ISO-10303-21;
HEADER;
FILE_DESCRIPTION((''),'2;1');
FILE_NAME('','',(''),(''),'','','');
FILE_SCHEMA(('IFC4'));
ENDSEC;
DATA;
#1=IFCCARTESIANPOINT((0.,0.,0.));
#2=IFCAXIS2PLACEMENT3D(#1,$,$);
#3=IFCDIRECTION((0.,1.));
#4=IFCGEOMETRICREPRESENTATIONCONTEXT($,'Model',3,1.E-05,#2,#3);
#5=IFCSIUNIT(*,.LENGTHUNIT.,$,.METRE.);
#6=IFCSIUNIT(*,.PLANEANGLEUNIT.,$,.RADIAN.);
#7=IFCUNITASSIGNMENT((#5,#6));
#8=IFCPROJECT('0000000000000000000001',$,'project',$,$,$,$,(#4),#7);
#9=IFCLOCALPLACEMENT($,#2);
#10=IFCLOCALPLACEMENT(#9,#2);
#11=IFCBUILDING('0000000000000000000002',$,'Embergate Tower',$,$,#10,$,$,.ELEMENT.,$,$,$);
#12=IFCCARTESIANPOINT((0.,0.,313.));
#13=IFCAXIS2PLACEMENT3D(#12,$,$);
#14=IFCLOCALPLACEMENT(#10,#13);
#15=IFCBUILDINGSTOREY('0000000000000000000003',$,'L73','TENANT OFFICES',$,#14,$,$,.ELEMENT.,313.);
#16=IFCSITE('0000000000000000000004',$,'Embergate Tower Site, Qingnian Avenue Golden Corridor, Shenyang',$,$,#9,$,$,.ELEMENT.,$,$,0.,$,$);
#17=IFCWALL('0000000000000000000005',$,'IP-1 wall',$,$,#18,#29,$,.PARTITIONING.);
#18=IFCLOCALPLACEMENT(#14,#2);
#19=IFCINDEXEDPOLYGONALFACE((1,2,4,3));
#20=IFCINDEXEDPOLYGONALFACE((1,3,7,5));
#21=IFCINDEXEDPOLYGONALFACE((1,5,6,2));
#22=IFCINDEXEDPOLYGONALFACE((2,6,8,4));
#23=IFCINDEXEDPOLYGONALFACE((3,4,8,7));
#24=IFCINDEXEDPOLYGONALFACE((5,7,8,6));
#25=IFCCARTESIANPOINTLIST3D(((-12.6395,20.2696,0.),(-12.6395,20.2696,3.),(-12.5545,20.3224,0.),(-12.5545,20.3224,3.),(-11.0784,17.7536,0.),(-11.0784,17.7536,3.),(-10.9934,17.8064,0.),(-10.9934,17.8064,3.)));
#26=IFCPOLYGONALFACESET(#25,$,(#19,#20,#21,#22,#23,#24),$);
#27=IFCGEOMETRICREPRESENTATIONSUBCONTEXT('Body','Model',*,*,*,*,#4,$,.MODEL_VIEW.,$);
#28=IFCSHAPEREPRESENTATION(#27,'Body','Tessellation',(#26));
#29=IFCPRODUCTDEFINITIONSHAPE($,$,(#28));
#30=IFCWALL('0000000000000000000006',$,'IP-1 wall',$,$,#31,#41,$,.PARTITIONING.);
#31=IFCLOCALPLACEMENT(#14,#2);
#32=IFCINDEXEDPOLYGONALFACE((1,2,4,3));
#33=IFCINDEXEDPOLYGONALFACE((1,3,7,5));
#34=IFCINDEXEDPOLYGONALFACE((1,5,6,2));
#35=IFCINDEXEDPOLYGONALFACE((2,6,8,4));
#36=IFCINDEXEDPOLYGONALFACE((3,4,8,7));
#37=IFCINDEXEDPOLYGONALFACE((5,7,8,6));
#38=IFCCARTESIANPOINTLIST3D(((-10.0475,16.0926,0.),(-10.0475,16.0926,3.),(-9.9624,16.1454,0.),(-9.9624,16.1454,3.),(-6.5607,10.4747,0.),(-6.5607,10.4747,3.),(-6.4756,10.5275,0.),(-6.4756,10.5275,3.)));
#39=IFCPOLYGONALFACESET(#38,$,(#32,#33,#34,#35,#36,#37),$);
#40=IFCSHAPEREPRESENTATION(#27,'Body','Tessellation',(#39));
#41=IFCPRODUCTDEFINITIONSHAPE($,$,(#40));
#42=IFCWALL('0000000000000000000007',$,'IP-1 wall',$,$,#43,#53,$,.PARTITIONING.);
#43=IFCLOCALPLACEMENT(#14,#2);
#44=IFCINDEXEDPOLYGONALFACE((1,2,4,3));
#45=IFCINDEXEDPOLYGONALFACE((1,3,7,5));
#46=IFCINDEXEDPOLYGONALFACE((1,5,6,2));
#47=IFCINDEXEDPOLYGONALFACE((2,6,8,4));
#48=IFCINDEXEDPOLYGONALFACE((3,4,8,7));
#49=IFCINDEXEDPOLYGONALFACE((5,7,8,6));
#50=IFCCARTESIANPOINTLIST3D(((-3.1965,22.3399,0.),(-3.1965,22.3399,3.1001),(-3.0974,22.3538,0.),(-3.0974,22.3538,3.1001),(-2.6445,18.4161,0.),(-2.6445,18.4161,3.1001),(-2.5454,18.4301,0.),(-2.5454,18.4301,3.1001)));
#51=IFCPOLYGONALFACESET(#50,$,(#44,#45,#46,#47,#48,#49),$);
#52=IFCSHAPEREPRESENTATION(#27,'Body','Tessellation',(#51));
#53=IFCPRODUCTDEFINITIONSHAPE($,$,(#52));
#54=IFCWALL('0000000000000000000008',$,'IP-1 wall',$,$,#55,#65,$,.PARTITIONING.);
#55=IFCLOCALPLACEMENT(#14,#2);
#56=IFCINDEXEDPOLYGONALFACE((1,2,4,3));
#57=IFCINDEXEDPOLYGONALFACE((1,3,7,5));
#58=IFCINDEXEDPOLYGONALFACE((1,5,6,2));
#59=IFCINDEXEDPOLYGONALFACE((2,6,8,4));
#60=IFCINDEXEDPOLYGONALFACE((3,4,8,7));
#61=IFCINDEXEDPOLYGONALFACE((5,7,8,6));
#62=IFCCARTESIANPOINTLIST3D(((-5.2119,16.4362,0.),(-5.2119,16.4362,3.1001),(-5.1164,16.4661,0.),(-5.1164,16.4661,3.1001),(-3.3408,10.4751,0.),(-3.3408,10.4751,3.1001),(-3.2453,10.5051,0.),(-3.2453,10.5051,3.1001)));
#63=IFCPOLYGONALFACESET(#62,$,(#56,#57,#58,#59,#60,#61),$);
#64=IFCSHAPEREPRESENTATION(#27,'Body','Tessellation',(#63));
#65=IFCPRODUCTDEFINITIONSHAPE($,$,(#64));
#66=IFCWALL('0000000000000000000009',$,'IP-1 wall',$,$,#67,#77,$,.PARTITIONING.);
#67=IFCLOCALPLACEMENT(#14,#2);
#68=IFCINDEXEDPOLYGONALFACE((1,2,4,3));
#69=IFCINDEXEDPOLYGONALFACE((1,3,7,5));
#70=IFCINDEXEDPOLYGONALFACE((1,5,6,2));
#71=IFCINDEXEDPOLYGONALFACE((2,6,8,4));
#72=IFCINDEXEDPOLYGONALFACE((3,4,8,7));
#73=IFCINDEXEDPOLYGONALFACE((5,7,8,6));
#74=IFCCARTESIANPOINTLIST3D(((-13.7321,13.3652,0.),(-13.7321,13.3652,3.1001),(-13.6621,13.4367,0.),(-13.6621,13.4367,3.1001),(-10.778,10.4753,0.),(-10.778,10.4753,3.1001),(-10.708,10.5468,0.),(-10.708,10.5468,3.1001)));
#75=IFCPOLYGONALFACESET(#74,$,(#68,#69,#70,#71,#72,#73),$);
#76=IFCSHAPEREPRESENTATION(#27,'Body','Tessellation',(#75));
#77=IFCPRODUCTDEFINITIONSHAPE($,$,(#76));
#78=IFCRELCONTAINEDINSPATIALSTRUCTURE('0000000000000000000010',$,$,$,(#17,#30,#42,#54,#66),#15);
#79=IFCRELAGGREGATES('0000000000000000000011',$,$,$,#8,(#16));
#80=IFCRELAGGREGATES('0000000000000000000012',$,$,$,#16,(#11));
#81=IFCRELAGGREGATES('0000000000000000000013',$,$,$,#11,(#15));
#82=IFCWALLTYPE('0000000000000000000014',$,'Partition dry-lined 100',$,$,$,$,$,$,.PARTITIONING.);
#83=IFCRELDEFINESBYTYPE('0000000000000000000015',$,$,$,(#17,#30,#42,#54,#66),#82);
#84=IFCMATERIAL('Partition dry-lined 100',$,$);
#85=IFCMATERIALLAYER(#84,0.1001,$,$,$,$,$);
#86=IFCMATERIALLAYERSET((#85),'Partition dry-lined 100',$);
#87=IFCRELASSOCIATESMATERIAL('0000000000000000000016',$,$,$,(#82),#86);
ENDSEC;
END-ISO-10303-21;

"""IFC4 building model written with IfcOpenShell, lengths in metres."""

from ifc_helpers import new_model, si_unit, direction, frame, frame_2d, origin, place, context, subcontext, project, spatial, rectangle, extrude, source, transform, mapped, material, layer, layer_set, type_object, element, save


model = new_model("IFC4")

# Units and contexts
model_context = context("Model", 3, precision=1e-05, world=origin(), true_north=direction((0.0, 1.0)))
body_context = subcontext(model_context, "Body", "Model", "MODEL_VIEW")
ifc_project = project(units=[si_unit("LENGTHUNIT", "METRE"), si_unit("PLANEANGLEUNIT", "RADIAN")], contexts=[model_context])

# Site, building, storey
site_placement = place(None, origin())
site = spatial("IfcSite", under=ifc_project, at=site_placement, Name="Embergate Tower Site, Qingnian Avenue Golden Corridor, Shenyang", CompositionType="ELEMENT", RefElevation=0.0)
building_placement = place(site_placement, origin())
building = spatial("IfcBuilding", under=site, at=building_placement, Name="Embergate Tower", CompositionType="ELEMENT")
storey_placement = place(building_placement, frame((0.0, 0.0, 313.0)))
storey = spatial("IfcBuildingStorey", under=building, at=storey_placement, Name="L73", Description="TENANT OFFICES", CompositionType="ELEMENT", Elevation=313.0)

# Walls
ifc_material_1 = material(Name="Partition dry-lined 100")
ifc_layer_1 = layer(ifc_material_1, 0.1001)
ifc_layer_set_1 = layer_set([ifc_layer_1], Name="Partition dry-lined 100")
wall_type_1 = type_object("IfcWallType", Name="Partition dry-lined 100", PredefinedType="PARTITIONING", material=ifc_layer_set_1)
shared_shape_1 = source(origin(), body_context, "Body", "SweptSolid", [
    extrude(rectangle(XDim=2.9609, YDim=0.1001, at=frame_2d((1.4805, 0.0))), origin(), (0.0, 0.0, 1.0), 3.0),
])
wall_1_placement = place(storey_placement, frame((-11.0359, 17.78, 0.0), z_axis=(0.0, 0.0, 1.0), x_axis=(-0.527231, 0.849722, 0.0)))
element("IfcWall", 1, at=wall_1_placement, inside=storey, type_object=wall_type_1, Name="IP-1 wall", PredefinedType="PARTITIONING", context=body_context, shape_type="MappedRepresentation", body=[
    mapped(shared_shape_1, transform((0.0, 0.0, 0.0))),
])
shared_shape_2 = source(origin(), body_context, "Body", "SweptSolid", [
    extrude(rectangle(XDim=6.6121, YDim=0.1001, at=frame_2d((3.3062, 0.0))), origin(), (0.0, 0.0, 1.0), 3.0),
])
wall_2_placement = place(storey_placement, frame((-6.5181, 10.501, 0.0), z_axis=(0.0, 0.0, 1.0), x_axis=(-0.527344, 0.849652, 0.0)))
element("IfcWall", 2, at=wall_2_placement, inside=storey, type_object=wall_type_1, Name="IP-1 wall", PredefinedType="PARTITIONING", context=body_context, shape_type="MappedRepresentation", body=[
    mapped(shared_shape_2, transform((0.0, 0.0, 0.0))),
])
shared_shape_3 = source(origin(), body_context, "Body", "SweptSolid", [
    extrude(rectangle(XDim=3.9624, YDim=0.1001, at=frame_2d((1.9812, 0.0))), origin(), (0.0, 0.0, 1.0), 3.1001),
])
wall_3_placement = place(storey_placement, frame((-2.595, 18.4231, 0.0), z_axis=(0.0, 0.0, 1.0), x_axis=(-0.139308, 0.990249, 0.0)))
element("IfcWall", 3, at=wall_3_placement, inside=storey, type_object=wall_type_1, Name="IP-1 wall", PredefinedType="PARTITIONING", context=body_context, shape_type="MappedRepresentation", body=[
    mapped(shared_shape_3, transform((0.0, 0.0, 0.0))),
])
shared_shape_4 = source(origin(), body_context, "Body", "SweptSolid", [
    extrude(rectangle(XDim=6.2478, YDim=0.1001, at=frame_2d((3.124, 0.0))), origin(), (0.0, 0.0, 1.0), 3.1001),
])
wall_4_placement = place(storey_placement, frame((-3.293, 10.49, 0.0), z_axis=(0.0, 0.0, 1.0), x_axis=(-0.299485, 0.954101, 0.0)))
element("IfcWall", 4, at=wall_4_placement, inside=storey, type_object=wall_type_1, Name="IP-1 wall", PredefinedType="PARTITIONING", context=body_context, shape_type="MappedRepresentation", body=[
    mapped(shared_shape_4, transform((0.0, 0.0, 0.0))),
])
shared_shape_5 = source(origin(), body_context, "Body", "SweptSolid", [
    extrude(rectangle(XDim=4.1326, YDim=0.1001, at=frame_2d((2.0664, 0.0))), origin(), (0.0, 0.0, 1.0), 3.1001),
])
wall_5_placement = place(storey_placement, frame((-10.7429, 10.511, 0.0), z_axis=(0.0, 0.0, 1.0), x_axis=(-0.714833, 0.699295, 0.0)))
element("IfcWall", 5, at=wall_5_placement, inside=storey, type_object=wall_type_1, Name="IP-1 wall", PredefinedType="PARTITIONING", context=body_context, shape_type="MappedRepresentation", body=[
    mapped(shared_shape_5, transform((0.0, 0.0, 0.0))),
])

save(model, "model.ifc")
